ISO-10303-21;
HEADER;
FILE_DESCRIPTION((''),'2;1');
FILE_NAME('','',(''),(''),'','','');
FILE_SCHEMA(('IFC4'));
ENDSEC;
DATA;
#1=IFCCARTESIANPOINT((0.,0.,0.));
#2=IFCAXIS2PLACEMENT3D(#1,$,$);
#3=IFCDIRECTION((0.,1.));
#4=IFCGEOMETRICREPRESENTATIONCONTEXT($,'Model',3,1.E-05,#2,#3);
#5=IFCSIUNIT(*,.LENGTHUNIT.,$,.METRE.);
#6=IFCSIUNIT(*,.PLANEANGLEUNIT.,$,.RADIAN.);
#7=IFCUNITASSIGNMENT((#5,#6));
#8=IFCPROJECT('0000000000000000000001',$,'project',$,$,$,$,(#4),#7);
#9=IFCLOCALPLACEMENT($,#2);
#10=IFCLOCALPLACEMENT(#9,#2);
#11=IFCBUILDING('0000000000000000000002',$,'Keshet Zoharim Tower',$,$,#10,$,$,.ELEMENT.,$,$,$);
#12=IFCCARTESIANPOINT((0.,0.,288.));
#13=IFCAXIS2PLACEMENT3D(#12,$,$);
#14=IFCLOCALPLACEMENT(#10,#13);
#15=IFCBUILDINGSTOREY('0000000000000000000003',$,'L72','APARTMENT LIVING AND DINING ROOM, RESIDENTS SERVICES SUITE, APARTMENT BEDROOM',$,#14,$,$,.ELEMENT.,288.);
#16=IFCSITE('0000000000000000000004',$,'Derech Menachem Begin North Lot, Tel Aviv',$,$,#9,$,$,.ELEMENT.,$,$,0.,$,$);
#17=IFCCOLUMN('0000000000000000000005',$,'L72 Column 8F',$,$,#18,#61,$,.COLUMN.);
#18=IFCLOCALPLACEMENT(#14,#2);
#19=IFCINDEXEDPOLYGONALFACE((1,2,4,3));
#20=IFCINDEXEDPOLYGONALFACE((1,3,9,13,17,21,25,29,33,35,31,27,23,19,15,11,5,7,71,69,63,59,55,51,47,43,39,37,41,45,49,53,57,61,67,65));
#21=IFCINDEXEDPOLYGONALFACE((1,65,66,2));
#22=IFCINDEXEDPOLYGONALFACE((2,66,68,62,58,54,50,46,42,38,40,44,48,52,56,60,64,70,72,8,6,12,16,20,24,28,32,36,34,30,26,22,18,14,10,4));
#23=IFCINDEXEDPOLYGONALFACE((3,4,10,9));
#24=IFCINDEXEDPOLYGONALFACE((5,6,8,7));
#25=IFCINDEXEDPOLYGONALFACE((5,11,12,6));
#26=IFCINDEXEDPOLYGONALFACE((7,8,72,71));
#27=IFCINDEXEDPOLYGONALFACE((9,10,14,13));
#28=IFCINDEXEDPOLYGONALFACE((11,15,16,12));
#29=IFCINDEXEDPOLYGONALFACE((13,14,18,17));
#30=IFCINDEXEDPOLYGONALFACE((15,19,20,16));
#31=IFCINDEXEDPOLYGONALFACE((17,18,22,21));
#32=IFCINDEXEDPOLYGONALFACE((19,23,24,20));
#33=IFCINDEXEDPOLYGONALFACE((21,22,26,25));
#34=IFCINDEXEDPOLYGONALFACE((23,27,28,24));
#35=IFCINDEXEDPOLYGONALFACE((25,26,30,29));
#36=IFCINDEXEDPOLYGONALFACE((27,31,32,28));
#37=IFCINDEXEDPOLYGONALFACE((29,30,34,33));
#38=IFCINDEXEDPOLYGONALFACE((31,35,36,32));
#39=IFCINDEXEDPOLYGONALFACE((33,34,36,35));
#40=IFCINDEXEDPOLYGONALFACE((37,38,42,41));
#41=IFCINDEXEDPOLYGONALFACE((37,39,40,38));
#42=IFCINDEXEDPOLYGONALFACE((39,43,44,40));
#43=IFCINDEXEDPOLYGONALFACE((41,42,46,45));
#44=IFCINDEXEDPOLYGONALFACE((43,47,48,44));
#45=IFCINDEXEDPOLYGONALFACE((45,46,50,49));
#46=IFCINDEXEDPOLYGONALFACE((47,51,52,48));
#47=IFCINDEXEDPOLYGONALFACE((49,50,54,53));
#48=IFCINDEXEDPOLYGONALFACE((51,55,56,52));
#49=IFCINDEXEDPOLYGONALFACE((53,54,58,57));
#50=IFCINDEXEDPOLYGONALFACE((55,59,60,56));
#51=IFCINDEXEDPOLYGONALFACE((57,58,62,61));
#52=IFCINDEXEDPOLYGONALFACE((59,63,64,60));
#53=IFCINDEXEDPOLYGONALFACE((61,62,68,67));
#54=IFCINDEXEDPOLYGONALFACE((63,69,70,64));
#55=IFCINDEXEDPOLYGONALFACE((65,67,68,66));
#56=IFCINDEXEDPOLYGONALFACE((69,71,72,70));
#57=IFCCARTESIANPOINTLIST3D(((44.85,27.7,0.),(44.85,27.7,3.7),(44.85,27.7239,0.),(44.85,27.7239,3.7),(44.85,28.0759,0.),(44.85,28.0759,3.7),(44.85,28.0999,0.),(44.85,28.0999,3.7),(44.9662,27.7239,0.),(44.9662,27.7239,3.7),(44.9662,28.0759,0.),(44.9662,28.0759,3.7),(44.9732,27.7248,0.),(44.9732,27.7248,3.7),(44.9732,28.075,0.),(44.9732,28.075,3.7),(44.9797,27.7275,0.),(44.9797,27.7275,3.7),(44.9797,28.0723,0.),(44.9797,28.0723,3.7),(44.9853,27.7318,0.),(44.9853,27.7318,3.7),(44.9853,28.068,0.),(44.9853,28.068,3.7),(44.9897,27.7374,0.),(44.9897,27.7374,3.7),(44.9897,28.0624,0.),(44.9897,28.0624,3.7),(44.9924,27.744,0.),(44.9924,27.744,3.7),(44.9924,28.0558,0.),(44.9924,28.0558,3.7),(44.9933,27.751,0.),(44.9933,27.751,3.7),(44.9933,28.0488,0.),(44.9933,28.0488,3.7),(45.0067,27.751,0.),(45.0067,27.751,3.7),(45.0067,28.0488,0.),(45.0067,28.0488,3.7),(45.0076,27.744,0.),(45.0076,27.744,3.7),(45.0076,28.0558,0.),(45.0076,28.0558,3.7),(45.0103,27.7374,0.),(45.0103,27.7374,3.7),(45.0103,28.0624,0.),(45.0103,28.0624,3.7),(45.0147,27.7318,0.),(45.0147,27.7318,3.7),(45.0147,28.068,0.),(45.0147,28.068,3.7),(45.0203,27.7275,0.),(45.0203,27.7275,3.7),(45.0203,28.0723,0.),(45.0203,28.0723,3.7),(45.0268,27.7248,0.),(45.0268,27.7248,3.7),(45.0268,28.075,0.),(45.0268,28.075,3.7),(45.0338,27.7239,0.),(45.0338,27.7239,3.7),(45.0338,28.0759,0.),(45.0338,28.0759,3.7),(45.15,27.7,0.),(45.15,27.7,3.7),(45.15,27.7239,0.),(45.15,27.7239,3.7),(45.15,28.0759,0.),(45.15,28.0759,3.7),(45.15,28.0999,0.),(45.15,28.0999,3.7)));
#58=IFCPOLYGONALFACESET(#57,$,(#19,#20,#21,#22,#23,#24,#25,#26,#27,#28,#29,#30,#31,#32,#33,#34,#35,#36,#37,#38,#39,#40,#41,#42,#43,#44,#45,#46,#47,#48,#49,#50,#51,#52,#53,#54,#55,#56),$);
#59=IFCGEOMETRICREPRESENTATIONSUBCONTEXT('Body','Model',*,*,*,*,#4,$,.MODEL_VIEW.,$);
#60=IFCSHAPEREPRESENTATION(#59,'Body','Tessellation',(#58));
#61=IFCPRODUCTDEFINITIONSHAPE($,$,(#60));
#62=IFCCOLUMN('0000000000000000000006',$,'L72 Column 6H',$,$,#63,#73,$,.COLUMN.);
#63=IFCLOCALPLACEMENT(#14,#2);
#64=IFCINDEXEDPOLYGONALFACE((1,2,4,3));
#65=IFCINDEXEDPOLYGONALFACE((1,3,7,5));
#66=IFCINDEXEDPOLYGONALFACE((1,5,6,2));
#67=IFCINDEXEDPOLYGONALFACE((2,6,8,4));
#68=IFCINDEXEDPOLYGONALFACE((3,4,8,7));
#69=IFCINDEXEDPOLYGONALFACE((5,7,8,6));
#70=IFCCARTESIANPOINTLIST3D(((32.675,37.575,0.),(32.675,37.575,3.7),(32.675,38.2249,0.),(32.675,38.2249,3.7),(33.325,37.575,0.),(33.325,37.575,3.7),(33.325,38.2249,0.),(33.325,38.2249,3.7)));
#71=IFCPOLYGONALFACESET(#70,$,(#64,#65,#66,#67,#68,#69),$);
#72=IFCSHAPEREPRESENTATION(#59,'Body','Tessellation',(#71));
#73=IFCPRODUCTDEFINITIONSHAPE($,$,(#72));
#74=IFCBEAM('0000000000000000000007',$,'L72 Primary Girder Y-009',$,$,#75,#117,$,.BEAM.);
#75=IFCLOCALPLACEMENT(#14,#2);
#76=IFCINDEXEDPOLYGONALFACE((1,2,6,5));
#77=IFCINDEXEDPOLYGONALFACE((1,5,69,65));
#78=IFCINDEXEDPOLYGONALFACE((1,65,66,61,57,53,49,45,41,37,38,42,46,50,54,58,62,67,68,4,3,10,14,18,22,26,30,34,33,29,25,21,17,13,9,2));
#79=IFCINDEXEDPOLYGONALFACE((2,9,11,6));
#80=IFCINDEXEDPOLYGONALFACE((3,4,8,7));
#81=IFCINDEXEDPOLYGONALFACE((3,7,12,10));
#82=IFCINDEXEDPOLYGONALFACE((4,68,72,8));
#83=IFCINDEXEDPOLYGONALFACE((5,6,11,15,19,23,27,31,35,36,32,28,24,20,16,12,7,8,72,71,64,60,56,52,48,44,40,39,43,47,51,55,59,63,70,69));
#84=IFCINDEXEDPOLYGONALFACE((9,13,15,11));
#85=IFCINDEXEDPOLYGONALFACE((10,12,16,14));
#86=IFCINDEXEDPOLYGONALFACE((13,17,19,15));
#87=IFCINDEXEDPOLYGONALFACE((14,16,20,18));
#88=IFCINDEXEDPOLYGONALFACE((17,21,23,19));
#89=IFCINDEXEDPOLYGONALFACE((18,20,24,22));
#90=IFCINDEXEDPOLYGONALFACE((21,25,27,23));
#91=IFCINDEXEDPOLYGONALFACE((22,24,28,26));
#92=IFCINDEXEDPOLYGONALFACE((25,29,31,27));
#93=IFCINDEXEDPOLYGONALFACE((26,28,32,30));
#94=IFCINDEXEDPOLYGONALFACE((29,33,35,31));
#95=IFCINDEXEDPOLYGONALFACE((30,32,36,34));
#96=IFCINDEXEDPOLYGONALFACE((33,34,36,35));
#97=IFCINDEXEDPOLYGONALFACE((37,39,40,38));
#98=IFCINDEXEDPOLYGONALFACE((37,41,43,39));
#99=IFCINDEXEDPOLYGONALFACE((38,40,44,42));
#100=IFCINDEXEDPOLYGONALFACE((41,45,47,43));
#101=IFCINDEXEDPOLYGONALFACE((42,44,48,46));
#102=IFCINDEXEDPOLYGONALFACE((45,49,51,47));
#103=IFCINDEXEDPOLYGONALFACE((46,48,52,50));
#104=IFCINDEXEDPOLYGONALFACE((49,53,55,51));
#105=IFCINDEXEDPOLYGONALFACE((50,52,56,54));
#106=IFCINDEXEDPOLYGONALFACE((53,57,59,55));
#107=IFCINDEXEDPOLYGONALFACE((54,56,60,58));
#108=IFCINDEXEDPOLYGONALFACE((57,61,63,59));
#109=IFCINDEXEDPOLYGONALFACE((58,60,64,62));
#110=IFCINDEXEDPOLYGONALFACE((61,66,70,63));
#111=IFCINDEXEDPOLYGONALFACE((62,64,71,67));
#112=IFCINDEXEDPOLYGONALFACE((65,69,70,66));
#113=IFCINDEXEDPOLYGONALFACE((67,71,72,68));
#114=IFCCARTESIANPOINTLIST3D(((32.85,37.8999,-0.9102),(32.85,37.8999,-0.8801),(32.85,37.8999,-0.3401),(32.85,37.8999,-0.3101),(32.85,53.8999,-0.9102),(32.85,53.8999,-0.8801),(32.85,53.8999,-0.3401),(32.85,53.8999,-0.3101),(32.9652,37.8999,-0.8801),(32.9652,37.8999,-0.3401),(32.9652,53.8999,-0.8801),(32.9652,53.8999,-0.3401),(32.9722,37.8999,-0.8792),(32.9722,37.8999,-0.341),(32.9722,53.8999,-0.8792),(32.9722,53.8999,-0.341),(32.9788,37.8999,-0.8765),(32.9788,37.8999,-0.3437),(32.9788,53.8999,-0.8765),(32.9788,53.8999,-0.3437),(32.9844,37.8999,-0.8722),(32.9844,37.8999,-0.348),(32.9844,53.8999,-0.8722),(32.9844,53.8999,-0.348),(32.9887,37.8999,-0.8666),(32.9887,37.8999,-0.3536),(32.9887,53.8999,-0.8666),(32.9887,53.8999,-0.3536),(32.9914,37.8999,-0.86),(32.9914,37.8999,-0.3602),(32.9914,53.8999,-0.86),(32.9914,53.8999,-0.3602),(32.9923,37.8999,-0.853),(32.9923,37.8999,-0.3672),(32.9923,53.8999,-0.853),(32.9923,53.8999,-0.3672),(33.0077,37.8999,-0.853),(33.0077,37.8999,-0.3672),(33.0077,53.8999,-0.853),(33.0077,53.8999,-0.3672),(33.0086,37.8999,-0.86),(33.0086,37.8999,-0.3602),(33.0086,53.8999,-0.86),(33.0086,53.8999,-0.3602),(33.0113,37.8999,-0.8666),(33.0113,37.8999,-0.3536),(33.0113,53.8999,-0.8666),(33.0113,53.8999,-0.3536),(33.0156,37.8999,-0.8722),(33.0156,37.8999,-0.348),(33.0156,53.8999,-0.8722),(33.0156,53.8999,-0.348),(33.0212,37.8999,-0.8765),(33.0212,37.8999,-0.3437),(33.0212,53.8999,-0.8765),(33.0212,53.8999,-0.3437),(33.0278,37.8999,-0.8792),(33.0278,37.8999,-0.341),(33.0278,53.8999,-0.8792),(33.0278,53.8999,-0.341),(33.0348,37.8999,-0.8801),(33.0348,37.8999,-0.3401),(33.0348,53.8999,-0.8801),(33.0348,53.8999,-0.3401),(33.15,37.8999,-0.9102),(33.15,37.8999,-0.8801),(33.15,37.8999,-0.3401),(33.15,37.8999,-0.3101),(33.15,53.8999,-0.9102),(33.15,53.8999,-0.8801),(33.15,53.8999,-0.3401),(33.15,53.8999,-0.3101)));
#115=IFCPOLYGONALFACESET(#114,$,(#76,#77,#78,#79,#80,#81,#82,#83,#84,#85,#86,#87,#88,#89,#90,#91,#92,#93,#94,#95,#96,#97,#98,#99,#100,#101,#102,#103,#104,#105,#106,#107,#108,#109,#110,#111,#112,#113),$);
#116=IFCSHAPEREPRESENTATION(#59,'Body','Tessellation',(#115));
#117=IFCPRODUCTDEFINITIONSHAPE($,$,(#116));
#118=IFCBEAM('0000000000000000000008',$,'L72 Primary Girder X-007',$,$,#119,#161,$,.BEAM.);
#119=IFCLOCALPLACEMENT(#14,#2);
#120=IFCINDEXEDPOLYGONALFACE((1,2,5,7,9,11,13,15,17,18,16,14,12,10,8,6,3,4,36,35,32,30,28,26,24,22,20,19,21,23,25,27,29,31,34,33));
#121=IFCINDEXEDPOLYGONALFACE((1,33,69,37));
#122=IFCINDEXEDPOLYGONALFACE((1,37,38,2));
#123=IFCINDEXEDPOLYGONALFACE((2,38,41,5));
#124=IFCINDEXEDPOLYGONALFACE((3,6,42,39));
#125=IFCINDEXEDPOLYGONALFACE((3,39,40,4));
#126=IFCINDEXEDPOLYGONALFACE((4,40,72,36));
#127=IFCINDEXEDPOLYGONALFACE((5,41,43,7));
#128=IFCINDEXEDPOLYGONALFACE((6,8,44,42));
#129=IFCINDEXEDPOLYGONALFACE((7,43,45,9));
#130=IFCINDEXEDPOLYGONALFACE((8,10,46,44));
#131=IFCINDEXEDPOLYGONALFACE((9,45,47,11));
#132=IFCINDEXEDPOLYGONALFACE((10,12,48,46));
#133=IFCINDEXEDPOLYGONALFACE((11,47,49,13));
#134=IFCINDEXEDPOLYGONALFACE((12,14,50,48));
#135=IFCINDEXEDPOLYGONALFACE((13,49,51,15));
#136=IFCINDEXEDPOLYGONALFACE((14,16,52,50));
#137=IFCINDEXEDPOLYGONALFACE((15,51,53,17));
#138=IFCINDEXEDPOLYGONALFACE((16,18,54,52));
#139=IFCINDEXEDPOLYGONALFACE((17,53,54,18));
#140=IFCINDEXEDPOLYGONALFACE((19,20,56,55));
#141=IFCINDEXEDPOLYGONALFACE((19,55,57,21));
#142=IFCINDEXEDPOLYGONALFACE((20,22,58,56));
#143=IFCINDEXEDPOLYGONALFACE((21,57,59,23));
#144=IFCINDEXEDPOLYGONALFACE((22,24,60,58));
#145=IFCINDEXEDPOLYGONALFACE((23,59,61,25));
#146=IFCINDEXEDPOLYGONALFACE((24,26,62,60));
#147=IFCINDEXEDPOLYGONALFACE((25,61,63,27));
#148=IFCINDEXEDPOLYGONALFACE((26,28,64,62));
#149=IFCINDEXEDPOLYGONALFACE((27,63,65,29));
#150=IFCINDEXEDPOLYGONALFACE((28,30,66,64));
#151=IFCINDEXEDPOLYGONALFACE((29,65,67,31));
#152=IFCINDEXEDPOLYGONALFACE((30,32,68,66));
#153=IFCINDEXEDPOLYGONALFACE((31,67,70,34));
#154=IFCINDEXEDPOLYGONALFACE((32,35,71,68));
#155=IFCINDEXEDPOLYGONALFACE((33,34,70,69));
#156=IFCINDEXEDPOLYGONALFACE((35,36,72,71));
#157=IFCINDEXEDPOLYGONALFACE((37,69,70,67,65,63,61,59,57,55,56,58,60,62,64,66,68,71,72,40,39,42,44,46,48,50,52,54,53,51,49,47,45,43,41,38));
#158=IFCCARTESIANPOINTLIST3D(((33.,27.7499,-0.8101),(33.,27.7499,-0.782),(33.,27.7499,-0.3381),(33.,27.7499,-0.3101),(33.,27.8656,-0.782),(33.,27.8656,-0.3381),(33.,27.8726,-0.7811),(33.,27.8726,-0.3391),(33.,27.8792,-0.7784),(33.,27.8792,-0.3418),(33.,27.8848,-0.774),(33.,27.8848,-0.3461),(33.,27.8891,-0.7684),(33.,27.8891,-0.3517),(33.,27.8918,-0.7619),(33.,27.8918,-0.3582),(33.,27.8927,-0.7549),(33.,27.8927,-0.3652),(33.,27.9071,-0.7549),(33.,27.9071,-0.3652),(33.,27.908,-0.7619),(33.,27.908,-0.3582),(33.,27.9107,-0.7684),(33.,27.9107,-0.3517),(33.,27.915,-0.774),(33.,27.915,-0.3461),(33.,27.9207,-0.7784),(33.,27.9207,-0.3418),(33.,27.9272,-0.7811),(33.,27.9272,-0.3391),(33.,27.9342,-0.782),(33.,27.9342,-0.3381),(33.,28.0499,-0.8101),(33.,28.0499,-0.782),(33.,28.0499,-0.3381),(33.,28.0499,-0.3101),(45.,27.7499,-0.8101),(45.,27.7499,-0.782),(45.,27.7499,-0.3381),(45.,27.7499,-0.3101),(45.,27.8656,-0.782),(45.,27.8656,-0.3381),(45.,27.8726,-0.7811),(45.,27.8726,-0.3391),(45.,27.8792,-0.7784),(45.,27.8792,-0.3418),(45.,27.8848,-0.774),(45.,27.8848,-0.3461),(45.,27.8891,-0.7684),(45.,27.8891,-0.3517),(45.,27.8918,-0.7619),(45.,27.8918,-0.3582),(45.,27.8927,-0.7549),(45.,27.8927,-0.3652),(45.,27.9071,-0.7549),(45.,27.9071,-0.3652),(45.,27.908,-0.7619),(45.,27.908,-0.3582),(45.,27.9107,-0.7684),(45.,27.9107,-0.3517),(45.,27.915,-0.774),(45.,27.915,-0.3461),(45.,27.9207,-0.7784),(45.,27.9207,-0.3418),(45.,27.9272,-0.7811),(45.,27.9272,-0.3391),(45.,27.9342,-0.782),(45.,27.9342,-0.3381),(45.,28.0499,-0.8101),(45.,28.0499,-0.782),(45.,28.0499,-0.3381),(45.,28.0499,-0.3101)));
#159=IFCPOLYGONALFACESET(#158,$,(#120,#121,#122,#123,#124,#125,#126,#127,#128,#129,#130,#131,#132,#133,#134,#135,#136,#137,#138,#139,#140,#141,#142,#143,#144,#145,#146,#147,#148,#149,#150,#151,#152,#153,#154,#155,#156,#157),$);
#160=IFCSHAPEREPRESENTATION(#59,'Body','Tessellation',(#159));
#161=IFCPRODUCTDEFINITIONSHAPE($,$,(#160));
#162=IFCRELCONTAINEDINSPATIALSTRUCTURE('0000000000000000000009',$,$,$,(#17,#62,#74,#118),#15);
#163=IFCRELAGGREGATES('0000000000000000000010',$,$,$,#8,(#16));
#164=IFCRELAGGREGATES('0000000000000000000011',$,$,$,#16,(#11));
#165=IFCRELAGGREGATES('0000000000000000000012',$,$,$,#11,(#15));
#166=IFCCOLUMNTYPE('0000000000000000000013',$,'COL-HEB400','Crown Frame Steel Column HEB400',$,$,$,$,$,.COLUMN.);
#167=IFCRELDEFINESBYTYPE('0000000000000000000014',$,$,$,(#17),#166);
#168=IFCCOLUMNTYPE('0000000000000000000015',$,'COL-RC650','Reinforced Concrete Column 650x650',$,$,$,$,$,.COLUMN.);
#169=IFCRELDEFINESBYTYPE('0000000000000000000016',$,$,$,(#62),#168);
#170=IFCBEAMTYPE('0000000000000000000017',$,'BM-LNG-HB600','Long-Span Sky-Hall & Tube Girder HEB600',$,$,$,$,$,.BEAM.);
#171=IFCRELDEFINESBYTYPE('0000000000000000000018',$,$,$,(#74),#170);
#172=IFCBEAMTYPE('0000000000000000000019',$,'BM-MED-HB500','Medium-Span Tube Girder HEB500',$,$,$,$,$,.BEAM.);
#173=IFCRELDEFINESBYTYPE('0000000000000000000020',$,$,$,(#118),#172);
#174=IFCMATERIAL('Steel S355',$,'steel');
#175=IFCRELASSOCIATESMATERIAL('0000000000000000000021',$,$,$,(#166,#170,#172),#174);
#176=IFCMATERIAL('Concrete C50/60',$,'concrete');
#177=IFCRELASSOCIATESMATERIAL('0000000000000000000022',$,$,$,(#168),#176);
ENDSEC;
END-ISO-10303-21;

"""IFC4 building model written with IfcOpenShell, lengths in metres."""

from ifc_helpers import new_model, si_unit, direction, frame, origin, origin_2d, place, context, subcontext, project, spatial, rectangle, i_section, extrude, material, material_profile, profile_set, type_object, element, save


model = new_model("IFC4")

# Units and contexts
model_context = context("Model", 3, precision=1e-05, world=origin(), true_north=direction((0.0, 1.0)))
body_context = subcontext(model_context, "Body", "Model", "MODEL_VIEW")
ifc_project = project(units=[si_unit("LENGTHUNIT", "METRE"), si_unit("PLANEANGLEUNIT", "RADIAN")], contexts=[model_context])

# Site, building, storey
site_placement = place(None, origin())
site = spatial("IfcSite", under=ifc_project, at=site_placement, Name="Derech Menachem Begin North Lot, Tel Aviv", CompositionType="ELEMENT", RefElevation=0.0)
building_placement = place(site_placement, origin())
building = spatial("IfcBuilding", under=site, at=building_placement, Name="Keshet Zoharim Tower", CompositionType="ELEMENT")
storey_placement = place(building_placement, frame((0.0, 0.0, 288.0)))
storey = spatial("IfcBuildingStorey", under=building, at=storey_placement, Name="L72", Description="APARTMENT LIVING AND DINING ROOM, RESIDENTS SERVICES SUITE, APARTMENT BEDROOM", CompositionType="ELEMENT", Elevation=288.0)

# Columns
ifc_material_1 = material(Name="Steel S355", Category="steel")
ifc_material_profile_1 = material_profile(ifc_material_1, i_section(OverallWidth=0.3, OverallDepth=0.3999, WebThickness=0.0134, FlangeThickness=0.0239, FilletRadius=0.0271, at=origin_2d()), Name="HEB400")
ifc_profile_set_1 = profile_set([ifc_material_profile_1], Name="Steel S355")
column_type_1 = type_object("IfcColumnType", Name="COL-HEB400", Description="Crown Frame Steel Column HEB400", PredefinedType="COLUMN", material=ifc_profile_set_1)
column_1_placement = place(storey_placement, frame((45.0, 27.8999, 0.0), z_axis=(0.0, 0.0, 1.0), x_axis=(1.0, 0.0, 0.0)))
element("IfcColumn", 1, at=column_1_placement, inside=storey, type_object=column_type_1, Name="L72 Column 8F", PredefinedType="COLUMN", context=body_context, shape_type="SweptSolid", body=[
    extrude(i_section(OverallWidth=0.3, OverallDepth=0.3999, WebThickness=0.0134, FlangeThickness=0.0239, FilletRadius=0.0271, at=origin_2d()), origin(), (0.0, 0.0, 1.0), 3.7),
])
ifc_material_2 = material(Name="Concrete C50/60", Category="concrete")
ifc_material_profile_2 = material_profile(ifc_material_2, rectangle(XDim=0.6499, YDim=0.6499, at=origin_2d()), Name="RC650x650")
ifc_profile_set_2 = profile_set([ifc_material_profile_2], Name="Concrete C50/60")
column_type_2 = type_object("IfcColumnType", Name="COL-RC650", Description="Reinforced Concrete Column 650x650", PredefinedType="COLUMN", material=ifc_profile_set_2)
column_2_placement = place(storey_placement, frame((33.0, 37.8999, 0.0), z_axis=(0.0, 0.0, 1.0), x_axis=(1.0, 0.0, 0.0)))
element("IfcColumn", 2, at=column_2_placement, inside=storey, type_object=column_type_2, Name="L72 Column 6H", PredefinedType="COLUMN", context=body_context, shape_type="SweptSolid", body=[
    extrude(rectangle(XDim=0.6499, YDim=0.6499, at=origin_2d()), origin(), (0.0, 0.0, 1.0), 3.7),
])

# Beams
ifc_material_profile_3 = material_profile(ifc_material_1, i_section(OverallWidth=0.3, OverallDepth=0.6001, WebThickness=0.0154, FlangeThickness=0.03, FilletRadius=0.0271, at=origin_2d()), Name="HEB600")
ifc_profile_set_3 = profile_set([ifc_material_profile_3], Name="Steel S355")
beam_type_1 = type_object("IfcBeamType", Name="BM-LNG-HB600", Description="Long-Span Sky-Hall & Tube Girder HEB600", PredefinedType="BEAM", material=ifc_profile_set_3)
beam_1_placement = place(storey_placement, frame((33.0, 37.8999, -0.6101), z_axis=(0.0, 1.0, 0.0), x_axis=(-1.0, 0.0, 0.0)))
element("IfcBeam", 3, at=beam_1_placement, inside=storey, type_object=beam_type_1, Name="L72 Primary Girder Y-009", PredefinedType="BEAM", context=body_context, shape_type="SweptSolid", body=[
    extrude(i_section(OverallWidth=0.3, OverallDepth=0.6001, WebThickness=0.0154, FlangeThickness=0.03, FilletRadius=0.0271, at=origin_2d()), origin(), (0.0, 0.0, 1.0), 16.0),
])
ifc_material_profile_4 = material_profile(ifc_material_1, i_section(OverallWidth=0.3, OverallDepth=0.5, WebThickness=0.0144, FlangeThickness=0.0281, FilletRadius=0.0271, at=origin_2d()), Name="HEB500")
ifc_profile_set_4 = profile_set([ifc_material_profile_4], Name="Steel S355")
beam_type_2 = type_object("IfcBeamType", Name="BM-MED-HB500", Description="Medium-Span Tube Girder HEB500", PredefinedType="BEAM", material=ifc_profile_set_4)
beam_2_placement = place(storey_placement, frame((33.0, 27.8999, -0.5601), z_axis=(1.0, 0.0, 0.0), x_axis=(0.0, 1.0, 0.0)))
element("IfcBeam", 4, at=beam_2_placement, inside=storey, type_object=beam_type_2, Name="L72 Primary Girder X-007", PredefinedType="BEAM", context=body_context, shape_type="SweptSolid", body=[
    extrude(i_section(OverallWidth=0.3, OverallDepth=0.5, WebThickness=0.0144, FlangeThickness=0.0281, FilletRadius=0.0271, at=origin_2d()), origin(), (0.0, 0.0, 1.0), 12.0),
])

save(model, "model.ifc")
